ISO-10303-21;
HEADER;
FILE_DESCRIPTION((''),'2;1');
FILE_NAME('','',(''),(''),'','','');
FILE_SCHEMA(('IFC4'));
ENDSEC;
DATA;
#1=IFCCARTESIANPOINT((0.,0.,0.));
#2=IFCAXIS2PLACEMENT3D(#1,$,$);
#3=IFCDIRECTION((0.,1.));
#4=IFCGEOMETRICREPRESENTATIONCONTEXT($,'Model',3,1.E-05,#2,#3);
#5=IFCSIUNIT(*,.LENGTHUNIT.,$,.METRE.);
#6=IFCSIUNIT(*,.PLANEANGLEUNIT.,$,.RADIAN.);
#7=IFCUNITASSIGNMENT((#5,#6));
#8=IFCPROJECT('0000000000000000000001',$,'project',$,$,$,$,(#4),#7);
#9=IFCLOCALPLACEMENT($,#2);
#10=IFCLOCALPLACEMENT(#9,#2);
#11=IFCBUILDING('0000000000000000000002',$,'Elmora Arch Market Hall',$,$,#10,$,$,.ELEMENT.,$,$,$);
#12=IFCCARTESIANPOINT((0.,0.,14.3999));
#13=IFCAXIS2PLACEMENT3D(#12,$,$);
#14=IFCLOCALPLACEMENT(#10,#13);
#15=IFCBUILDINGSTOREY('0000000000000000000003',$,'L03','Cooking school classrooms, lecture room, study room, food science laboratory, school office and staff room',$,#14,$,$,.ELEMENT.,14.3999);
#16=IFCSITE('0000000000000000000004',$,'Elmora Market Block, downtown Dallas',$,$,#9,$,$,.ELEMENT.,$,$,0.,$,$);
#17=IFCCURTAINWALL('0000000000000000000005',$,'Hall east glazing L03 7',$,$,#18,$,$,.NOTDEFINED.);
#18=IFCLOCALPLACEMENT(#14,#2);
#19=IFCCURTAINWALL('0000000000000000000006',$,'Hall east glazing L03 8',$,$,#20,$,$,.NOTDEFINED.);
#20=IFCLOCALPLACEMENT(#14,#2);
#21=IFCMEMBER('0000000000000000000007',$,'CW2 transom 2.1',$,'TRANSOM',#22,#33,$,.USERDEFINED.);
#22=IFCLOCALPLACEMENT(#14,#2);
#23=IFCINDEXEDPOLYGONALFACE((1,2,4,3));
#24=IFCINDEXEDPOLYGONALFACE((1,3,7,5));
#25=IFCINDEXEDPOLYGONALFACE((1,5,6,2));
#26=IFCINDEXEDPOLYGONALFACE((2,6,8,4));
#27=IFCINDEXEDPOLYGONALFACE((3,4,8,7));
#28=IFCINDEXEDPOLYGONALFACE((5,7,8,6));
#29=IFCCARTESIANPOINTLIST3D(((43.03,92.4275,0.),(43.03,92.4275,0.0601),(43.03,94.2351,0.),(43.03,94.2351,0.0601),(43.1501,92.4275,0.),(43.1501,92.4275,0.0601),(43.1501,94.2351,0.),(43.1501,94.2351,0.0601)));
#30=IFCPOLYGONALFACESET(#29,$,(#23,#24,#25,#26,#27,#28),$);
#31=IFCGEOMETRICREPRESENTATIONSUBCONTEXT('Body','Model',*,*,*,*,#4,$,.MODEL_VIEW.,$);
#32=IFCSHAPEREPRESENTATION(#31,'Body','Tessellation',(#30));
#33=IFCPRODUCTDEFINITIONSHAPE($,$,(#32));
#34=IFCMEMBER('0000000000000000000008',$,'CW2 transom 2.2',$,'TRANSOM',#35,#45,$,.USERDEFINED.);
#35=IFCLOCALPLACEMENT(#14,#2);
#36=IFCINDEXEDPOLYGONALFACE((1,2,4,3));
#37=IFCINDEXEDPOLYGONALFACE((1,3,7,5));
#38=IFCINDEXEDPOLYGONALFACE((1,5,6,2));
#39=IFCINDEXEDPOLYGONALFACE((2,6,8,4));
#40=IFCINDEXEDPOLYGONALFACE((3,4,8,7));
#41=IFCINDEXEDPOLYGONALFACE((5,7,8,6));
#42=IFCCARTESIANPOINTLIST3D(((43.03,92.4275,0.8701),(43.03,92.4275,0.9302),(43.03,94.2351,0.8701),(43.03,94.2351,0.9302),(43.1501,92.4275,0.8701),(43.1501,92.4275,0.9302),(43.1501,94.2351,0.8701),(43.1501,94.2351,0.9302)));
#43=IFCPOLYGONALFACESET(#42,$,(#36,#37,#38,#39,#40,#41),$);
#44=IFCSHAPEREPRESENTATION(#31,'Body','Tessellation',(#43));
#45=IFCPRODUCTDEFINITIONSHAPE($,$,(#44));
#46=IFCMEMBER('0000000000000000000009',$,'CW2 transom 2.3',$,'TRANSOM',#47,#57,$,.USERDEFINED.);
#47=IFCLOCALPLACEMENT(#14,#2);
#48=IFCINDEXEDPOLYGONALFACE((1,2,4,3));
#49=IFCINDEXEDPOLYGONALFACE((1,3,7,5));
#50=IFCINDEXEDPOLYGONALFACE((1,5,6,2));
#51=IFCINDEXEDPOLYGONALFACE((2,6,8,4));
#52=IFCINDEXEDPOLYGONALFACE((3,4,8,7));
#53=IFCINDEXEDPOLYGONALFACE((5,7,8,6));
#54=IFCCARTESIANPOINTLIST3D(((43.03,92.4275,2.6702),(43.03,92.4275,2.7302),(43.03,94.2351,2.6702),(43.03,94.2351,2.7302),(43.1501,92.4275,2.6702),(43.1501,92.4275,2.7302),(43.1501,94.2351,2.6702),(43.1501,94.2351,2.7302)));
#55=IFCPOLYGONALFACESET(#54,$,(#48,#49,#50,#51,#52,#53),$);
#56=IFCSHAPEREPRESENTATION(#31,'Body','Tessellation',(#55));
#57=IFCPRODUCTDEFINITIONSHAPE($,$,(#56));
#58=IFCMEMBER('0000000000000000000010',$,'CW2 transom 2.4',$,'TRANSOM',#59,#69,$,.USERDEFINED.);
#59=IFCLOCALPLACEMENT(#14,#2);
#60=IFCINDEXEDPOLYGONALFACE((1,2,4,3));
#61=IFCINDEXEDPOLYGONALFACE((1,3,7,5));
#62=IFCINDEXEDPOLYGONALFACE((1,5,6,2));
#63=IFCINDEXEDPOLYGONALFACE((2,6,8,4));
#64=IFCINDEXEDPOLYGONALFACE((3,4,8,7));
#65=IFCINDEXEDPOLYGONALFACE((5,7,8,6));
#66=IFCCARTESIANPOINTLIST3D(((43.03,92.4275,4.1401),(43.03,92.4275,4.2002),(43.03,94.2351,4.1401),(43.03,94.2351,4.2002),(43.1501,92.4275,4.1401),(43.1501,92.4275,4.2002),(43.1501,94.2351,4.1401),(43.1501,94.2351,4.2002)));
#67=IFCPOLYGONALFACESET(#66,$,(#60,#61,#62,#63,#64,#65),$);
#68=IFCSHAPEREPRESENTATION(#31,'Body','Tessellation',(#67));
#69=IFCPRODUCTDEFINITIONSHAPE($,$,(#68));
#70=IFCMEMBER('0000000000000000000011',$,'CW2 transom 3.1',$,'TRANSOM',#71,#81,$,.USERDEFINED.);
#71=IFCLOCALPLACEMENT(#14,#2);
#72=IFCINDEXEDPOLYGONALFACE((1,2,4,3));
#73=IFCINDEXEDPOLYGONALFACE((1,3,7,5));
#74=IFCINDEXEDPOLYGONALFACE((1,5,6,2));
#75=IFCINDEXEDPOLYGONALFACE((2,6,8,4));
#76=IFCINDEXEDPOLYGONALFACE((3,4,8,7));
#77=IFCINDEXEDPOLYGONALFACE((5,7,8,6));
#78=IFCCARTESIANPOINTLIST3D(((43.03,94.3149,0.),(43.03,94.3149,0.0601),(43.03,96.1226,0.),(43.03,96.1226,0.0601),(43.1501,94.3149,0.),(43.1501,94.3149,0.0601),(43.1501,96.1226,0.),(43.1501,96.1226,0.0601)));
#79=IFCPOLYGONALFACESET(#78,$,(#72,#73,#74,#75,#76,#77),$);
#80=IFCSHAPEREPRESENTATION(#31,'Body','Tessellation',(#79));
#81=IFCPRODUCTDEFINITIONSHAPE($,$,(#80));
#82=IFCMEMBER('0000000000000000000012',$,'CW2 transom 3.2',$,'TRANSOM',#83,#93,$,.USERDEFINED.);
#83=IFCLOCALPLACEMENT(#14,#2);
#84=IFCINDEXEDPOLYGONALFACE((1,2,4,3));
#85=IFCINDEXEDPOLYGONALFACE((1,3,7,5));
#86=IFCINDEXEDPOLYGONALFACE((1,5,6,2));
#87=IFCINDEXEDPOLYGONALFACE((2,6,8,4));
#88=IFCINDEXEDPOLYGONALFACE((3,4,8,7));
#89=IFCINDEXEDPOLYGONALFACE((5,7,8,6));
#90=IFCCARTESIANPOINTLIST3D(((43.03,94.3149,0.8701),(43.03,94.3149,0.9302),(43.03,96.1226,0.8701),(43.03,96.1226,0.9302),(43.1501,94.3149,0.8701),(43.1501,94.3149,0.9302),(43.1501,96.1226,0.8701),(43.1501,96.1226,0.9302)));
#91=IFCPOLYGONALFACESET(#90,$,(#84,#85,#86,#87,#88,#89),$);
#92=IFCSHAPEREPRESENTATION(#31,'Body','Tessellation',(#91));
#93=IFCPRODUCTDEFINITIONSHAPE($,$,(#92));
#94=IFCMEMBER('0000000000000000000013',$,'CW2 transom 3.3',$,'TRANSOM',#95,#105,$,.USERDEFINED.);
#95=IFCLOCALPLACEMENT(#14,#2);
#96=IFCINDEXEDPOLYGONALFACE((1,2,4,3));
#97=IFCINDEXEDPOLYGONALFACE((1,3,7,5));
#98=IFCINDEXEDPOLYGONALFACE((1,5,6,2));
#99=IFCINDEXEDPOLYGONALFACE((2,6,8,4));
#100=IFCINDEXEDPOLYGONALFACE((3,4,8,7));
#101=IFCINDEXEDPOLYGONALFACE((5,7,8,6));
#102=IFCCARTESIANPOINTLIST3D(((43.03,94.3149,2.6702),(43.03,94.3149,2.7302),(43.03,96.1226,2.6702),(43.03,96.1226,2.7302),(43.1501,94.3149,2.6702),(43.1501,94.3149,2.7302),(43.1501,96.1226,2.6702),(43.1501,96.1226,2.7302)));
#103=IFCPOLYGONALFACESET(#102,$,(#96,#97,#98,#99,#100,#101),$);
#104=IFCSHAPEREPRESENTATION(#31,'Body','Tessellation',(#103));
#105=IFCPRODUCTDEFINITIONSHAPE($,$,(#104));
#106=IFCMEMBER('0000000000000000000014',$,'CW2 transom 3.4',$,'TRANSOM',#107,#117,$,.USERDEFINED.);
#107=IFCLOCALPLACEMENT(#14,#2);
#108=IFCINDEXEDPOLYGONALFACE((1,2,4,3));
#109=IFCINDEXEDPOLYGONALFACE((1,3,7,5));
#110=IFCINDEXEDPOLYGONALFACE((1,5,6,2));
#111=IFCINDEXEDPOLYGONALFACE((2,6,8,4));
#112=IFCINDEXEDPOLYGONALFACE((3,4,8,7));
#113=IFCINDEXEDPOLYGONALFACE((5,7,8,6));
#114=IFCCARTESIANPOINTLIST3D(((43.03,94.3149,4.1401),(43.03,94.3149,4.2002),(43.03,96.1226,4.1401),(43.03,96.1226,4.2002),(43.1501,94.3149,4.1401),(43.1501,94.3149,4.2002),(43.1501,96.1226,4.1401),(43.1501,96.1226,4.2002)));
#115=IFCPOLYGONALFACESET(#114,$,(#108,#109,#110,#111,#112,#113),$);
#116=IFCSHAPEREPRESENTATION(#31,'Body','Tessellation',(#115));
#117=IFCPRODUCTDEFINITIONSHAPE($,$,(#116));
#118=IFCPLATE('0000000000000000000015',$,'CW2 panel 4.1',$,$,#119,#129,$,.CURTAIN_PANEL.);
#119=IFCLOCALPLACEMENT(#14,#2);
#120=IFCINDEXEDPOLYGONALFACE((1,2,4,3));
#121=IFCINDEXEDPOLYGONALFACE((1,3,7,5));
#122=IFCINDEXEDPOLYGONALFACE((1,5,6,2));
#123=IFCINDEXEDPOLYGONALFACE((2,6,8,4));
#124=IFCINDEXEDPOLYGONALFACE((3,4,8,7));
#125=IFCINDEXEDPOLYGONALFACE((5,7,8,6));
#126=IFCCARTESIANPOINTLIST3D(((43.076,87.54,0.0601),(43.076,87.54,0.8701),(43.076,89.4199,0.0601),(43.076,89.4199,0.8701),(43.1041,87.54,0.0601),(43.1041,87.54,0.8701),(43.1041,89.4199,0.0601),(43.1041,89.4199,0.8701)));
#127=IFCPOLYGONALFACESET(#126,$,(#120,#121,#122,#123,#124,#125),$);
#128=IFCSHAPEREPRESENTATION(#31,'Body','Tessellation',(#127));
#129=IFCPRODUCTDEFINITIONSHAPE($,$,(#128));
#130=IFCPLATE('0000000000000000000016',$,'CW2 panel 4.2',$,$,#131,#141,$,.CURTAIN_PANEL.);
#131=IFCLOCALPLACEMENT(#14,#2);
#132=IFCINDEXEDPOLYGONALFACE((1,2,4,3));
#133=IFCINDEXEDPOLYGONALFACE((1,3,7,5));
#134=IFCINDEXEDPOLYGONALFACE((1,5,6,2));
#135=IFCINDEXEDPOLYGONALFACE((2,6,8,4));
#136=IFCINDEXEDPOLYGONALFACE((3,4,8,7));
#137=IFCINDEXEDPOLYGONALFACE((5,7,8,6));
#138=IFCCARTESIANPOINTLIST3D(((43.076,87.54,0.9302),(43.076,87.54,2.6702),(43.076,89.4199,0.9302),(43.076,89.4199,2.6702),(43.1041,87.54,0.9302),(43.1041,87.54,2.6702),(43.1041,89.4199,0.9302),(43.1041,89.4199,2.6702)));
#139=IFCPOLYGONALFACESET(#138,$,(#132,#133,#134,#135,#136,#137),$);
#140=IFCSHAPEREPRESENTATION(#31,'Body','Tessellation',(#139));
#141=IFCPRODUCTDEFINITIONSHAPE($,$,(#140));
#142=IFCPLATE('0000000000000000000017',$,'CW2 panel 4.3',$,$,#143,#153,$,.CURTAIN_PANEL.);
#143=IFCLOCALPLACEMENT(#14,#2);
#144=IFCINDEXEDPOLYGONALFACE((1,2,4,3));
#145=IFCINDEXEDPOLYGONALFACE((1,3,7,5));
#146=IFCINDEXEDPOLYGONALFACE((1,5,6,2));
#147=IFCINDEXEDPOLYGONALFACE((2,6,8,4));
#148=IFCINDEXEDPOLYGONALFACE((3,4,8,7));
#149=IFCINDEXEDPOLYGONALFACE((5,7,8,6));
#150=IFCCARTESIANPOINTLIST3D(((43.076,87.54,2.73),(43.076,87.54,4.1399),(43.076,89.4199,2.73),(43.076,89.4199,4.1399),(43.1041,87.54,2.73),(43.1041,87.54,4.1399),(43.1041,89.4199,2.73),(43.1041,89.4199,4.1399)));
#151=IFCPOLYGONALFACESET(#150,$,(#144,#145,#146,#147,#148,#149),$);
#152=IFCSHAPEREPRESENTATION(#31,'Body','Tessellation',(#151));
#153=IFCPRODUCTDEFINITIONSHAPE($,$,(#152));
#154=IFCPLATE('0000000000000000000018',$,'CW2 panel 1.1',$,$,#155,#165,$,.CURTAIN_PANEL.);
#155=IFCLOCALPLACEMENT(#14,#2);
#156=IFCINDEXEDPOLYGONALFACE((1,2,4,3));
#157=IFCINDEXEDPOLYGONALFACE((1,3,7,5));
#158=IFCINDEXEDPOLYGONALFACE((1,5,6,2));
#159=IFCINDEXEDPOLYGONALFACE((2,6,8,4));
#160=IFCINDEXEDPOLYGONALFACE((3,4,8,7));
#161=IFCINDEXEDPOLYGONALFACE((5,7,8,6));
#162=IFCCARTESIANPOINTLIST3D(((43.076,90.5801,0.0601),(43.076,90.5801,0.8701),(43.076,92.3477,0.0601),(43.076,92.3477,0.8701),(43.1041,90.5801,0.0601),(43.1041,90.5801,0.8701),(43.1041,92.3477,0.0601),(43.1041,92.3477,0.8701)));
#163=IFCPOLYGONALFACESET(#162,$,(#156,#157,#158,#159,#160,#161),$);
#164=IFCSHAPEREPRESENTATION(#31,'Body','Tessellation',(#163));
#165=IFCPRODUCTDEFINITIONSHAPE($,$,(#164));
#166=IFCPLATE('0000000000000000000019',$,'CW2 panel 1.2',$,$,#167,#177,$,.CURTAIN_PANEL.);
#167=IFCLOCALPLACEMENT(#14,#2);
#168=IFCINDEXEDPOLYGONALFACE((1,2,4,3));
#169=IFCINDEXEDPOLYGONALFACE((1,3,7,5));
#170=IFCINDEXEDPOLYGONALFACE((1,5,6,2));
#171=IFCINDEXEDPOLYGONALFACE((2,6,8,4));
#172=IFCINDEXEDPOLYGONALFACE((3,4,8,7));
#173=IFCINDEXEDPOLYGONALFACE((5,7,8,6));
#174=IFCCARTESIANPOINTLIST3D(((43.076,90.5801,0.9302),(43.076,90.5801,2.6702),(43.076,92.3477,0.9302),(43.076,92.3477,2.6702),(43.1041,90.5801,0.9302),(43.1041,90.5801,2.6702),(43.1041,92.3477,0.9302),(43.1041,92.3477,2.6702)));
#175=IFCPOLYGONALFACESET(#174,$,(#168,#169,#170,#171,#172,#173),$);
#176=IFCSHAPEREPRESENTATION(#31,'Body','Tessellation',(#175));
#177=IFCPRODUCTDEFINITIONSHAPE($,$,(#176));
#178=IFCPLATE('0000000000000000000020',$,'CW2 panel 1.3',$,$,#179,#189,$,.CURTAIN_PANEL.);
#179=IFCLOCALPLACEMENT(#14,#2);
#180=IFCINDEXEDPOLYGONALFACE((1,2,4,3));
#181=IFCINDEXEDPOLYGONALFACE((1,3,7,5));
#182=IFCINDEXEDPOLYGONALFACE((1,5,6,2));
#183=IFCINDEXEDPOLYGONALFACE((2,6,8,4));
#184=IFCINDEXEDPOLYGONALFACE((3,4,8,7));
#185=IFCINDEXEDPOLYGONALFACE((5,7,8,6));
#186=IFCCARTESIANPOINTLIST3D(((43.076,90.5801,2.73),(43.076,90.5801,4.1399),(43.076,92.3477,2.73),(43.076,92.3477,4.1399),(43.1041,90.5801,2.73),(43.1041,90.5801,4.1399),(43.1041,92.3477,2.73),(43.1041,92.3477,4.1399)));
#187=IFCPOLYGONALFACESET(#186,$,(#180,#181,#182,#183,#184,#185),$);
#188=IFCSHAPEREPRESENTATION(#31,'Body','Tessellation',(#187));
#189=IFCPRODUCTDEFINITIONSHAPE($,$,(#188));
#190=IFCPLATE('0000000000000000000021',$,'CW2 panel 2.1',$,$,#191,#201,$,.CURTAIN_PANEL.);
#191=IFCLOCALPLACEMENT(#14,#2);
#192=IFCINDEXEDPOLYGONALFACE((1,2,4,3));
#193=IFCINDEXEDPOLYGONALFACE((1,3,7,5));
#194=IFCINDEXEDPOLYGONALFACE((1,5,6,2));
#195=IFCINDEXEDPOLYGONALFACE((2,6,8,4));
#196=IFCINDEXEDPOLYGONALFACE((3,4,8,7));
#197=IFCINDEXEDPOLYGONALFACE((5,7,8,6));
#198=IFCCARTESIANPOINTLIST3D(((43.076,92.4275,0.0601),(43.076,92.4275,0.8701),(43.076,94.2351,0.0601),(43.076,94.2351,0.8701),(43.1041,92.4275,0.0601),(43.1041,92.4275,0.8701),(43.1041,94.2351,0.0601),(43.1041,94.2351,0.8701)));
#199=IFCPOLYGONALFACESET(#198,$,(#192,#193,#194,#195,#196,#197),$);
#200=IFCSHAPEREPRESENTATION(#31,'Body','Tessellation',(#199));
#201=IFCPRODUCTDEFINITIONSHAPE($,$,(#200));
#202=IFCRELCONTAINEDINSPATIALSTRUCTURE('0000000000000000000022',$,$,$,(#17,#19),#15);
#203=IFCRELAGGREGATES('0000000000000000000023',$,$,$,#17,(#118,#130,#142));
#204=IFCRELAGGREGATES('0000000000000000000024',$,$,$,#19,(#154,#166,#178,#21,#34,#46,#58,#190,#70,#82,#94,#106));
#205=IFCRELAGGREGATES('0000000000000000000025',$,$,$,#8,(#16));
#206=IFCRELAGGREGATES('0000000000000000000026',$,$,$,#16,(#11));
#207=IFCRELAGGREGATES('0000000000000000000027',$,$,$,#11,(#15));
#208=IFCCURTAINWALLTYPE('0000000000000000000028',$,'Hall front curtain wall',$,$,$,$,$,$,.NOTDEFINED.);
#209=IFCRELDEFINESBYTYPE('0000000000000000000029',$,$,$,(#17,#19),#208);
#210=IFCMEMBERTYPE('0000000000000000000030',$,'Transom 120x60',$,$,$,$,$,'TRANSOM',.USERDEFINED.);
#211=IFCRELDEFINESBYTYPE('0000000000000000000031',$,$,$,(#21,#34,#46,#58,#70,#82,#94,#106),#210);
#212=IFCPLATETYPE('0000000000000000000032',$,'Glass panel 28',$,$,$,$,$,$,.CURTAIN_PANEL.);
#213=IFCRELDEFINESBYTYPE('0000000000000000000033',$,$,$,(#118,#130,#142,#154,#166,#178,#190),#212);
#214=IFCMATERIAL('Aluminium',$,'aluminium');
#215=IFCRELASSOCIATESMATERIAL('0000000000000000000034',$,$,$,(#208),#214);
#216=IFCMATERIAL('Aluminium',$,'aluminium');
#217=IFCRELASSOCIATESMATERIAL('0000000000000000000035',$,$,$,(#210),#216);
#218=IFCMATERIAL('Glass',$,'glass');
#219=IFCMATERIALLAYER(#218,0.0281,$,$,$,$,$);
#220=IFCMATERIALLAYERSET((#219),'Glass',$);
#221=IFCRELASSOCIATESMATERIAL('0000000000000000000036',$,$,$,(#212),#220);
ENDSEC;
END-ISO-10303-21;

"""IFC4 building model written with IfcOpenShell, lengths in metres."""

from ifc_helpers import new_model, si_unit, direction, frame, origin, origin_2d, place, context, subcontext, project, spatial, rectangle, extrude, material, layer, layer_set, material_profile, profile_set, type_object, element, aggregate, save


model = new_model("IFC4")

# Units and contexts
model_context = context("Model", 3, precision=1e-05, world=origin(), true_north=direction((0.0, 1.0)))
body_context = subcontext(model_context, "Body", "Model", "MODEL_VIEW")
ifc_project = project(units=[si_unit("LENGTHUNIT", "METRE"), si_unit("PLANEANGLEUNIT", "RADIAN")], contexts=[model_context])

# Site, building, storey
site_placement = place(None, origin())
site = spatial("IfcSite", under=ifc_project, at=site_placement, Name="Elmora Market Block, downtown Dallas", CompositionType="ELEMENT", RefElevation=0.0)
building_placement = place(site_placement, origin())
building = spatial("IfcBuilding", under=site, at=building_placement, Name="Elmora Arch Market Hall", CompositionType="ELEMENT")
storey_placement = place(building_placement, frame((0.0, 0.0, 14.3999)))
storey = spatial("IfcBuildingStorey", under=building, at=storey_placement, Name="L03", Description="Cooking school classrooms, lecture room, study room, food science laboratory, school office and staff room", CompositionType="ELEMENT", Elevation=14.3999)

# Curtain wall
ifc_material_1 = material(Name="Aluminium", Category="aluminium")
curtain_wall_type = type_object("IfcCurtainWallType", Name="Hall front curtain wall", PredefinedType="NOTDEFINED", material=ifc_material_1)
curtain_wall_1_placement = place(storey_placement, origin())
curtain_wall_1 = element("IfcCurtainWall", 1, at=curtain_wall_1_placement, inside=storey, type_object=curtain_wall_type, Name="Hall east glazing L03 7", PredefinedType="NOTDEFINED")

# Curtain wall
curtain_wall_2_placement = place(storey_placement, origin())
curtain_wall_2 = element("IfcCurtainWall", 2, at=curtain_wall_2_placement, inside=storey, type_object=curtain_wall_type, Name="Hall east glazing L03 8", PredefinedType="NOTDEFINED")

# Members
ifc_material_2 = material(Name="Aluminium", Category="aluminium")
ifc_material_profile_1 = material_profile(ifc_material_2, rectangle(XDim=0.1201, YDim=0.0601, at=origin_2d()), Name="AL 120x60")
ifc_profile_set_1 = profile_set([ifc_material_profile_1], Name="Aluminium")
member_type_1 = type_object("IfcMemberType", Name="Transom 120x60", ElementType="TRANSOM", PredefinedType="USERDEFINED", material=ifc_profile_set_1)
member_1_placement = place(storey_placement, frame((43.0901, 92.4275, 0.03), z_axis=(0.0, 1.0, 0.0), x_axis=(-1.0, 0.0, 0.0)))
member_1 = element("IfcMember", 3, at=member_1_placement, type_object=member_type_1, Name="CW2 transom 2.1", ObjectType="TRANSOM", PredefinedType="USERDEFINED", context=body_context, shape_type="SweptSolid", body=[
    extrude(rectangle(XDim=0.1201, YDim=0.0601, at=origin_2d()), origin(), (0.0, 0.0, 1.0), 1.8076),
])
member_2_placement = place(storey_placement, frame((43.0901, 92.4275, 0.9001), z_axis=(0.0, 1.0, 0.0), x_axis=(-1.0, 0.0, 0.0)))
member_2 = element("IfcMember", 4, at=member_2_placement, type_object=member_type_1, Name="CW2 transom 2.2", ObjectType="TRANSOM", PredefinedType="USERDEFINED", context=body_context, shape_type="SweptSolid", body=[
    extrude(rectangle(XDim=0.1201, YDim=0.0601, at=origin_2d()), origin(), (0.0, 0.0, 1.0), 1.8076),
])
member_3_placement = place(storey_placement, frame((43.0901, 92.4275, 2.7002), z_axis=(0.0, 1.0, 0.0), x_axis=(-1.0, 0.0, 0.0)))
member_3 = element("IfcMember", 5, at=member_3_placement, type_object=member_type_1, Name="CW2 transom 2.3", ObjectType="TRANSOM", PredefinedType="USERDEFINED", context=body_context, shape_type="SweptSolid", body=[
    extrude(rectangle(XDim=0.1201, YDim=0.0601, at=origin_2d()), origin(), (0.0, 0.0, 1.0), 1.8076),
])
member_4_placement = place(storey_placement, frame((43.0901, 92.4275, 4.1702), z_axis=(0.0, 1.0, 0.0), x_axis=(-1.0, 0.0, 0.0)))
member_4 = element("IfcMember", 6, at=member_4_placement, type_object=member_type_1, Name="CW2 transom 2.4", ObjectType="TRANSOM", PredefinedType="USERDEFINED", context=body_context, shape_type="SweptSolid", body=[
    extrude(rectangle(XDim=0.1201, YDim=0.0601, at=origin_2d()), origin(), (0.0, 0.0, 1.0), 1.8076),
])
member_5_placement = place(storey_placement, frame((43.0901, 94.3149, 0.03), z_axis=(0.0, 1.0, 0.0), x_axis=(-1.0, 0.0, 0.0)))
member_5 = element("IfcMember", 7, at=member_5_placement, type_object=member_type_1, Name="CW2 transom 3.1", ObjectType="TRANSOM", PredefinedType="USERDEFINED", context=body_context, shape_type="SweptSolid", body=[
    extrude(rectangle(XDim=0.1201, YDim=0.0601, at=origin_2d()), origin(), (0.0, 0.0, 1.0), 1.8076),
])
member_6_placement = place(storey_placement, frame((43.0901, 94.3149, 0.9001), z_axis=(0.0, 1.0, 0.0), x_axis=(-1.0, 0.0, 0.0)))
member_6 = element("IfcMember", 8, at=member_6_placement, type_object=member_type_1, Name="CW2 transom 3.2", ObjectType="TRANSOM", PredefinedType="USERDEFINED", context=body_context, shape_type="SweptSolid", body=[
    extrude(rectangle(XDim=0.1201, YDim=0.0601, at=origin_2d()), origin(), (0.0, 0.0, 1.0), 1.8076),
])
member_7_placement = place(storey_placement, frame((43.0901, 94.3149, 2.7002), z_axis=(0.0, 1.0, 0.0), x_axis=(-1.0, 0.0, 0.0)))
member_7 = element("IfcMember", 9, at=member_7_placement, type_object=member_type_1, Name="CW2 transom 3.3", ObjectType="TRANSOM", PredefinedType="USERDEFINED", context=body_context, shape_type="SweptSolid", body=[
    extrude(rectangle(XDim=0.1201, YDim=0.0601, at=origin_2d()), origin(), (0.0, 0.0, 1.0), 1.8076),
])
member_8_placement = place(storey_placement, frame((43.0901, 94.3149, 4.1702), z_axis=(0.0, 1.0, 0.0), x_axis=(-1.0, 0.0, 0.0)))
member_8 = element("IfcMember", 10, at=member_8_placement, type_object=member_type_1, Name="CW2 transom 3.4", ObjectType="TRANSOM", PredefinedType="USERDEFINED", context=body_context, shape_type="SweptSolid", body=[
    extrude(rectangle(XDim=0.1201, YDim=0.0601, at=origin_2d()), origin(), (0.0, 0.0, 1.0), 1.8076),
])

# Plates
ifc_material_3 = material(Name="Glass", Category="glass")
ifc_layer_1 = layer(ifc_material_3, 0.0281)
ifc_layer_set_1 = layer_set([ifc_layer_1], Name="Glass")
plate_type = type_object("IfcPlateType", Name="Glass panel 28", PredefinedType="CURTAIN_PANEL", material=ifc_layer_set_1)
plate_1_placement = place(storey_placement, frame((43.0901, 88.48, 0.0601), z_axis=(0.0, 0.0, 1.0), x_axis=(0.0, 1.0, 0.0)))
plate_1 = element("IfcPlate", 11, at=plate_1_placement, type_object=plate_type, Name="CW2 panel 4.1", PredefinedType="CURTAIN_PANEL", context=body_context, shape_type="SweptSolid", body=[
    extrude(rectangle(XDim=1.8799, YDim=0.0281, at=origin_2d()), origin(), (0.0, 0.0, 1.0), 0.8101),
])
plate_2_placement = place(storey_placement, frame((43.0901, 88.48, 0.9302), z_axis=(0.0, 0.0, 1.0), x_axis=(0.0, 1.0, 0.0)))
plate_2 = element("IfcPlate", 12, at=plate_2_placement, type_object=plate_type, Name="CW2 panel 4.2", PredefinedType="CURTAIN_PANEL", context=body_context, shape_type="SweptSolid", body=[
    extrude(rectangle(XDim=1.8799, YDim=0.0281, at=origin_2d()), origin(), (0.0, 0.0, 1.0), 1.74),
])
plate_3_placement = place(storey_placement, frame((43.0901, 88.48, 2.73), z_axis=(0.0, 0.0, 1.0), x_axis=(0.0, 1.0, 0.0)))
plate_3 = element("IfcPlate", 13, at=plate_3_placement, type_object=plate_type, Name="CW2 panel 4.3", PredefinedType="CURTAIN_PANEL", context=body_context, shape_type="SweptSolid", body=[
    extrude(rectangle(XDim=1.8799, YDim=0.0281, at=origin_2d()), origin(), (0.0, 0.0, 1.0), 1.4099),
])
aggregate(curtain_wall_1, [plate_1, plate_2, plate_3])
plate_4_placement = place(storey_placement, frame((43.0901, 91.4639, 0.0601), z_axis=(0.0, 0.0, 1.0), x_axis=(0.0, 1.0, 0.0)))
plate_4 = element("IfcPlate", 14, at=plate_4_placement, type_object=plate_type, Name="CW2 panel 1.1", PredefinedType="CURTAIN_PANEL", context=body_context, shape_type="SweptSolid", body=[
    extrude(rectangle(XDim=1.7676, YDim=0.0281, at=origin_2d()), origin(), (0.0, 0.0, 1.0), 0.8101),
])
plate_5_placement = place(storey_placement, frame((43.0901, 91.4639, 0.9302), z_axis=(0.0, 0.0, 1.0), x_axis=(0.0, 1.0, 0.0)))
plate_5 = element("IfcPlate", 15, at=plate_5_placement, type_object=plate_type, Name="CW2 panel 1.2", PredefinedType="CURTAIN_PANEL", context=body_context, shape_type="SweptSolid", body=[
    extrude(rectangle(XDim=1.7676, YDim=0.0281, at=origin_2d()), origin(), (0.0, 0.0, 1.0), 1.74),
])
plate_6_placement = place(storey_placement, frame((43.0901, 91.4639, 2.73), z_axis=(0.0, 0.0, 1.0), x_axis=(0.0, 1.0, 0.0)))
plate_6 = element("IfcPlate", 16, at=plate_6_placement, type_object=plate_type, Name="CW2 panel 1.3", PredefinedType="CURTAIN_PANEL", context=body_context, shape_type="SweptSolid", body=[
    extrude(rectangle(XDim=1.7676, YDim=0.0281, at=origin_2d()), origin(), (0.0, 0.0, 1.0), 1.4099),
])
plate_7_placement = place(storey_placement, frame((43.0901, 93.3313, 0.0601), z_axis=(0.0, 0.0, 1.0), x_axis=(0.0, 1.0, 0.0)))
plate_7 = element("IfcPlate", 17, at=plate_7_placement, type_object=plate_type, Name="CW2 panel 2.1", PredefinedType="CURTAIN_PANEL", context=body_context, shape_type="SweptSolid", body=[
    extrude(rectangle(XDim=1.8076, YDim=0.0281, at=origin_2d()), origin(), (0.0, 0.0, 1.0), 0.8101),
])
aggregate(curtain_wall_2, [plate_4, plate_5, plate_6, member_1, member_2, member_3, member_4, plate_7, member_5, member_6, member_7, member_8])

save(model, "model.ifc")
